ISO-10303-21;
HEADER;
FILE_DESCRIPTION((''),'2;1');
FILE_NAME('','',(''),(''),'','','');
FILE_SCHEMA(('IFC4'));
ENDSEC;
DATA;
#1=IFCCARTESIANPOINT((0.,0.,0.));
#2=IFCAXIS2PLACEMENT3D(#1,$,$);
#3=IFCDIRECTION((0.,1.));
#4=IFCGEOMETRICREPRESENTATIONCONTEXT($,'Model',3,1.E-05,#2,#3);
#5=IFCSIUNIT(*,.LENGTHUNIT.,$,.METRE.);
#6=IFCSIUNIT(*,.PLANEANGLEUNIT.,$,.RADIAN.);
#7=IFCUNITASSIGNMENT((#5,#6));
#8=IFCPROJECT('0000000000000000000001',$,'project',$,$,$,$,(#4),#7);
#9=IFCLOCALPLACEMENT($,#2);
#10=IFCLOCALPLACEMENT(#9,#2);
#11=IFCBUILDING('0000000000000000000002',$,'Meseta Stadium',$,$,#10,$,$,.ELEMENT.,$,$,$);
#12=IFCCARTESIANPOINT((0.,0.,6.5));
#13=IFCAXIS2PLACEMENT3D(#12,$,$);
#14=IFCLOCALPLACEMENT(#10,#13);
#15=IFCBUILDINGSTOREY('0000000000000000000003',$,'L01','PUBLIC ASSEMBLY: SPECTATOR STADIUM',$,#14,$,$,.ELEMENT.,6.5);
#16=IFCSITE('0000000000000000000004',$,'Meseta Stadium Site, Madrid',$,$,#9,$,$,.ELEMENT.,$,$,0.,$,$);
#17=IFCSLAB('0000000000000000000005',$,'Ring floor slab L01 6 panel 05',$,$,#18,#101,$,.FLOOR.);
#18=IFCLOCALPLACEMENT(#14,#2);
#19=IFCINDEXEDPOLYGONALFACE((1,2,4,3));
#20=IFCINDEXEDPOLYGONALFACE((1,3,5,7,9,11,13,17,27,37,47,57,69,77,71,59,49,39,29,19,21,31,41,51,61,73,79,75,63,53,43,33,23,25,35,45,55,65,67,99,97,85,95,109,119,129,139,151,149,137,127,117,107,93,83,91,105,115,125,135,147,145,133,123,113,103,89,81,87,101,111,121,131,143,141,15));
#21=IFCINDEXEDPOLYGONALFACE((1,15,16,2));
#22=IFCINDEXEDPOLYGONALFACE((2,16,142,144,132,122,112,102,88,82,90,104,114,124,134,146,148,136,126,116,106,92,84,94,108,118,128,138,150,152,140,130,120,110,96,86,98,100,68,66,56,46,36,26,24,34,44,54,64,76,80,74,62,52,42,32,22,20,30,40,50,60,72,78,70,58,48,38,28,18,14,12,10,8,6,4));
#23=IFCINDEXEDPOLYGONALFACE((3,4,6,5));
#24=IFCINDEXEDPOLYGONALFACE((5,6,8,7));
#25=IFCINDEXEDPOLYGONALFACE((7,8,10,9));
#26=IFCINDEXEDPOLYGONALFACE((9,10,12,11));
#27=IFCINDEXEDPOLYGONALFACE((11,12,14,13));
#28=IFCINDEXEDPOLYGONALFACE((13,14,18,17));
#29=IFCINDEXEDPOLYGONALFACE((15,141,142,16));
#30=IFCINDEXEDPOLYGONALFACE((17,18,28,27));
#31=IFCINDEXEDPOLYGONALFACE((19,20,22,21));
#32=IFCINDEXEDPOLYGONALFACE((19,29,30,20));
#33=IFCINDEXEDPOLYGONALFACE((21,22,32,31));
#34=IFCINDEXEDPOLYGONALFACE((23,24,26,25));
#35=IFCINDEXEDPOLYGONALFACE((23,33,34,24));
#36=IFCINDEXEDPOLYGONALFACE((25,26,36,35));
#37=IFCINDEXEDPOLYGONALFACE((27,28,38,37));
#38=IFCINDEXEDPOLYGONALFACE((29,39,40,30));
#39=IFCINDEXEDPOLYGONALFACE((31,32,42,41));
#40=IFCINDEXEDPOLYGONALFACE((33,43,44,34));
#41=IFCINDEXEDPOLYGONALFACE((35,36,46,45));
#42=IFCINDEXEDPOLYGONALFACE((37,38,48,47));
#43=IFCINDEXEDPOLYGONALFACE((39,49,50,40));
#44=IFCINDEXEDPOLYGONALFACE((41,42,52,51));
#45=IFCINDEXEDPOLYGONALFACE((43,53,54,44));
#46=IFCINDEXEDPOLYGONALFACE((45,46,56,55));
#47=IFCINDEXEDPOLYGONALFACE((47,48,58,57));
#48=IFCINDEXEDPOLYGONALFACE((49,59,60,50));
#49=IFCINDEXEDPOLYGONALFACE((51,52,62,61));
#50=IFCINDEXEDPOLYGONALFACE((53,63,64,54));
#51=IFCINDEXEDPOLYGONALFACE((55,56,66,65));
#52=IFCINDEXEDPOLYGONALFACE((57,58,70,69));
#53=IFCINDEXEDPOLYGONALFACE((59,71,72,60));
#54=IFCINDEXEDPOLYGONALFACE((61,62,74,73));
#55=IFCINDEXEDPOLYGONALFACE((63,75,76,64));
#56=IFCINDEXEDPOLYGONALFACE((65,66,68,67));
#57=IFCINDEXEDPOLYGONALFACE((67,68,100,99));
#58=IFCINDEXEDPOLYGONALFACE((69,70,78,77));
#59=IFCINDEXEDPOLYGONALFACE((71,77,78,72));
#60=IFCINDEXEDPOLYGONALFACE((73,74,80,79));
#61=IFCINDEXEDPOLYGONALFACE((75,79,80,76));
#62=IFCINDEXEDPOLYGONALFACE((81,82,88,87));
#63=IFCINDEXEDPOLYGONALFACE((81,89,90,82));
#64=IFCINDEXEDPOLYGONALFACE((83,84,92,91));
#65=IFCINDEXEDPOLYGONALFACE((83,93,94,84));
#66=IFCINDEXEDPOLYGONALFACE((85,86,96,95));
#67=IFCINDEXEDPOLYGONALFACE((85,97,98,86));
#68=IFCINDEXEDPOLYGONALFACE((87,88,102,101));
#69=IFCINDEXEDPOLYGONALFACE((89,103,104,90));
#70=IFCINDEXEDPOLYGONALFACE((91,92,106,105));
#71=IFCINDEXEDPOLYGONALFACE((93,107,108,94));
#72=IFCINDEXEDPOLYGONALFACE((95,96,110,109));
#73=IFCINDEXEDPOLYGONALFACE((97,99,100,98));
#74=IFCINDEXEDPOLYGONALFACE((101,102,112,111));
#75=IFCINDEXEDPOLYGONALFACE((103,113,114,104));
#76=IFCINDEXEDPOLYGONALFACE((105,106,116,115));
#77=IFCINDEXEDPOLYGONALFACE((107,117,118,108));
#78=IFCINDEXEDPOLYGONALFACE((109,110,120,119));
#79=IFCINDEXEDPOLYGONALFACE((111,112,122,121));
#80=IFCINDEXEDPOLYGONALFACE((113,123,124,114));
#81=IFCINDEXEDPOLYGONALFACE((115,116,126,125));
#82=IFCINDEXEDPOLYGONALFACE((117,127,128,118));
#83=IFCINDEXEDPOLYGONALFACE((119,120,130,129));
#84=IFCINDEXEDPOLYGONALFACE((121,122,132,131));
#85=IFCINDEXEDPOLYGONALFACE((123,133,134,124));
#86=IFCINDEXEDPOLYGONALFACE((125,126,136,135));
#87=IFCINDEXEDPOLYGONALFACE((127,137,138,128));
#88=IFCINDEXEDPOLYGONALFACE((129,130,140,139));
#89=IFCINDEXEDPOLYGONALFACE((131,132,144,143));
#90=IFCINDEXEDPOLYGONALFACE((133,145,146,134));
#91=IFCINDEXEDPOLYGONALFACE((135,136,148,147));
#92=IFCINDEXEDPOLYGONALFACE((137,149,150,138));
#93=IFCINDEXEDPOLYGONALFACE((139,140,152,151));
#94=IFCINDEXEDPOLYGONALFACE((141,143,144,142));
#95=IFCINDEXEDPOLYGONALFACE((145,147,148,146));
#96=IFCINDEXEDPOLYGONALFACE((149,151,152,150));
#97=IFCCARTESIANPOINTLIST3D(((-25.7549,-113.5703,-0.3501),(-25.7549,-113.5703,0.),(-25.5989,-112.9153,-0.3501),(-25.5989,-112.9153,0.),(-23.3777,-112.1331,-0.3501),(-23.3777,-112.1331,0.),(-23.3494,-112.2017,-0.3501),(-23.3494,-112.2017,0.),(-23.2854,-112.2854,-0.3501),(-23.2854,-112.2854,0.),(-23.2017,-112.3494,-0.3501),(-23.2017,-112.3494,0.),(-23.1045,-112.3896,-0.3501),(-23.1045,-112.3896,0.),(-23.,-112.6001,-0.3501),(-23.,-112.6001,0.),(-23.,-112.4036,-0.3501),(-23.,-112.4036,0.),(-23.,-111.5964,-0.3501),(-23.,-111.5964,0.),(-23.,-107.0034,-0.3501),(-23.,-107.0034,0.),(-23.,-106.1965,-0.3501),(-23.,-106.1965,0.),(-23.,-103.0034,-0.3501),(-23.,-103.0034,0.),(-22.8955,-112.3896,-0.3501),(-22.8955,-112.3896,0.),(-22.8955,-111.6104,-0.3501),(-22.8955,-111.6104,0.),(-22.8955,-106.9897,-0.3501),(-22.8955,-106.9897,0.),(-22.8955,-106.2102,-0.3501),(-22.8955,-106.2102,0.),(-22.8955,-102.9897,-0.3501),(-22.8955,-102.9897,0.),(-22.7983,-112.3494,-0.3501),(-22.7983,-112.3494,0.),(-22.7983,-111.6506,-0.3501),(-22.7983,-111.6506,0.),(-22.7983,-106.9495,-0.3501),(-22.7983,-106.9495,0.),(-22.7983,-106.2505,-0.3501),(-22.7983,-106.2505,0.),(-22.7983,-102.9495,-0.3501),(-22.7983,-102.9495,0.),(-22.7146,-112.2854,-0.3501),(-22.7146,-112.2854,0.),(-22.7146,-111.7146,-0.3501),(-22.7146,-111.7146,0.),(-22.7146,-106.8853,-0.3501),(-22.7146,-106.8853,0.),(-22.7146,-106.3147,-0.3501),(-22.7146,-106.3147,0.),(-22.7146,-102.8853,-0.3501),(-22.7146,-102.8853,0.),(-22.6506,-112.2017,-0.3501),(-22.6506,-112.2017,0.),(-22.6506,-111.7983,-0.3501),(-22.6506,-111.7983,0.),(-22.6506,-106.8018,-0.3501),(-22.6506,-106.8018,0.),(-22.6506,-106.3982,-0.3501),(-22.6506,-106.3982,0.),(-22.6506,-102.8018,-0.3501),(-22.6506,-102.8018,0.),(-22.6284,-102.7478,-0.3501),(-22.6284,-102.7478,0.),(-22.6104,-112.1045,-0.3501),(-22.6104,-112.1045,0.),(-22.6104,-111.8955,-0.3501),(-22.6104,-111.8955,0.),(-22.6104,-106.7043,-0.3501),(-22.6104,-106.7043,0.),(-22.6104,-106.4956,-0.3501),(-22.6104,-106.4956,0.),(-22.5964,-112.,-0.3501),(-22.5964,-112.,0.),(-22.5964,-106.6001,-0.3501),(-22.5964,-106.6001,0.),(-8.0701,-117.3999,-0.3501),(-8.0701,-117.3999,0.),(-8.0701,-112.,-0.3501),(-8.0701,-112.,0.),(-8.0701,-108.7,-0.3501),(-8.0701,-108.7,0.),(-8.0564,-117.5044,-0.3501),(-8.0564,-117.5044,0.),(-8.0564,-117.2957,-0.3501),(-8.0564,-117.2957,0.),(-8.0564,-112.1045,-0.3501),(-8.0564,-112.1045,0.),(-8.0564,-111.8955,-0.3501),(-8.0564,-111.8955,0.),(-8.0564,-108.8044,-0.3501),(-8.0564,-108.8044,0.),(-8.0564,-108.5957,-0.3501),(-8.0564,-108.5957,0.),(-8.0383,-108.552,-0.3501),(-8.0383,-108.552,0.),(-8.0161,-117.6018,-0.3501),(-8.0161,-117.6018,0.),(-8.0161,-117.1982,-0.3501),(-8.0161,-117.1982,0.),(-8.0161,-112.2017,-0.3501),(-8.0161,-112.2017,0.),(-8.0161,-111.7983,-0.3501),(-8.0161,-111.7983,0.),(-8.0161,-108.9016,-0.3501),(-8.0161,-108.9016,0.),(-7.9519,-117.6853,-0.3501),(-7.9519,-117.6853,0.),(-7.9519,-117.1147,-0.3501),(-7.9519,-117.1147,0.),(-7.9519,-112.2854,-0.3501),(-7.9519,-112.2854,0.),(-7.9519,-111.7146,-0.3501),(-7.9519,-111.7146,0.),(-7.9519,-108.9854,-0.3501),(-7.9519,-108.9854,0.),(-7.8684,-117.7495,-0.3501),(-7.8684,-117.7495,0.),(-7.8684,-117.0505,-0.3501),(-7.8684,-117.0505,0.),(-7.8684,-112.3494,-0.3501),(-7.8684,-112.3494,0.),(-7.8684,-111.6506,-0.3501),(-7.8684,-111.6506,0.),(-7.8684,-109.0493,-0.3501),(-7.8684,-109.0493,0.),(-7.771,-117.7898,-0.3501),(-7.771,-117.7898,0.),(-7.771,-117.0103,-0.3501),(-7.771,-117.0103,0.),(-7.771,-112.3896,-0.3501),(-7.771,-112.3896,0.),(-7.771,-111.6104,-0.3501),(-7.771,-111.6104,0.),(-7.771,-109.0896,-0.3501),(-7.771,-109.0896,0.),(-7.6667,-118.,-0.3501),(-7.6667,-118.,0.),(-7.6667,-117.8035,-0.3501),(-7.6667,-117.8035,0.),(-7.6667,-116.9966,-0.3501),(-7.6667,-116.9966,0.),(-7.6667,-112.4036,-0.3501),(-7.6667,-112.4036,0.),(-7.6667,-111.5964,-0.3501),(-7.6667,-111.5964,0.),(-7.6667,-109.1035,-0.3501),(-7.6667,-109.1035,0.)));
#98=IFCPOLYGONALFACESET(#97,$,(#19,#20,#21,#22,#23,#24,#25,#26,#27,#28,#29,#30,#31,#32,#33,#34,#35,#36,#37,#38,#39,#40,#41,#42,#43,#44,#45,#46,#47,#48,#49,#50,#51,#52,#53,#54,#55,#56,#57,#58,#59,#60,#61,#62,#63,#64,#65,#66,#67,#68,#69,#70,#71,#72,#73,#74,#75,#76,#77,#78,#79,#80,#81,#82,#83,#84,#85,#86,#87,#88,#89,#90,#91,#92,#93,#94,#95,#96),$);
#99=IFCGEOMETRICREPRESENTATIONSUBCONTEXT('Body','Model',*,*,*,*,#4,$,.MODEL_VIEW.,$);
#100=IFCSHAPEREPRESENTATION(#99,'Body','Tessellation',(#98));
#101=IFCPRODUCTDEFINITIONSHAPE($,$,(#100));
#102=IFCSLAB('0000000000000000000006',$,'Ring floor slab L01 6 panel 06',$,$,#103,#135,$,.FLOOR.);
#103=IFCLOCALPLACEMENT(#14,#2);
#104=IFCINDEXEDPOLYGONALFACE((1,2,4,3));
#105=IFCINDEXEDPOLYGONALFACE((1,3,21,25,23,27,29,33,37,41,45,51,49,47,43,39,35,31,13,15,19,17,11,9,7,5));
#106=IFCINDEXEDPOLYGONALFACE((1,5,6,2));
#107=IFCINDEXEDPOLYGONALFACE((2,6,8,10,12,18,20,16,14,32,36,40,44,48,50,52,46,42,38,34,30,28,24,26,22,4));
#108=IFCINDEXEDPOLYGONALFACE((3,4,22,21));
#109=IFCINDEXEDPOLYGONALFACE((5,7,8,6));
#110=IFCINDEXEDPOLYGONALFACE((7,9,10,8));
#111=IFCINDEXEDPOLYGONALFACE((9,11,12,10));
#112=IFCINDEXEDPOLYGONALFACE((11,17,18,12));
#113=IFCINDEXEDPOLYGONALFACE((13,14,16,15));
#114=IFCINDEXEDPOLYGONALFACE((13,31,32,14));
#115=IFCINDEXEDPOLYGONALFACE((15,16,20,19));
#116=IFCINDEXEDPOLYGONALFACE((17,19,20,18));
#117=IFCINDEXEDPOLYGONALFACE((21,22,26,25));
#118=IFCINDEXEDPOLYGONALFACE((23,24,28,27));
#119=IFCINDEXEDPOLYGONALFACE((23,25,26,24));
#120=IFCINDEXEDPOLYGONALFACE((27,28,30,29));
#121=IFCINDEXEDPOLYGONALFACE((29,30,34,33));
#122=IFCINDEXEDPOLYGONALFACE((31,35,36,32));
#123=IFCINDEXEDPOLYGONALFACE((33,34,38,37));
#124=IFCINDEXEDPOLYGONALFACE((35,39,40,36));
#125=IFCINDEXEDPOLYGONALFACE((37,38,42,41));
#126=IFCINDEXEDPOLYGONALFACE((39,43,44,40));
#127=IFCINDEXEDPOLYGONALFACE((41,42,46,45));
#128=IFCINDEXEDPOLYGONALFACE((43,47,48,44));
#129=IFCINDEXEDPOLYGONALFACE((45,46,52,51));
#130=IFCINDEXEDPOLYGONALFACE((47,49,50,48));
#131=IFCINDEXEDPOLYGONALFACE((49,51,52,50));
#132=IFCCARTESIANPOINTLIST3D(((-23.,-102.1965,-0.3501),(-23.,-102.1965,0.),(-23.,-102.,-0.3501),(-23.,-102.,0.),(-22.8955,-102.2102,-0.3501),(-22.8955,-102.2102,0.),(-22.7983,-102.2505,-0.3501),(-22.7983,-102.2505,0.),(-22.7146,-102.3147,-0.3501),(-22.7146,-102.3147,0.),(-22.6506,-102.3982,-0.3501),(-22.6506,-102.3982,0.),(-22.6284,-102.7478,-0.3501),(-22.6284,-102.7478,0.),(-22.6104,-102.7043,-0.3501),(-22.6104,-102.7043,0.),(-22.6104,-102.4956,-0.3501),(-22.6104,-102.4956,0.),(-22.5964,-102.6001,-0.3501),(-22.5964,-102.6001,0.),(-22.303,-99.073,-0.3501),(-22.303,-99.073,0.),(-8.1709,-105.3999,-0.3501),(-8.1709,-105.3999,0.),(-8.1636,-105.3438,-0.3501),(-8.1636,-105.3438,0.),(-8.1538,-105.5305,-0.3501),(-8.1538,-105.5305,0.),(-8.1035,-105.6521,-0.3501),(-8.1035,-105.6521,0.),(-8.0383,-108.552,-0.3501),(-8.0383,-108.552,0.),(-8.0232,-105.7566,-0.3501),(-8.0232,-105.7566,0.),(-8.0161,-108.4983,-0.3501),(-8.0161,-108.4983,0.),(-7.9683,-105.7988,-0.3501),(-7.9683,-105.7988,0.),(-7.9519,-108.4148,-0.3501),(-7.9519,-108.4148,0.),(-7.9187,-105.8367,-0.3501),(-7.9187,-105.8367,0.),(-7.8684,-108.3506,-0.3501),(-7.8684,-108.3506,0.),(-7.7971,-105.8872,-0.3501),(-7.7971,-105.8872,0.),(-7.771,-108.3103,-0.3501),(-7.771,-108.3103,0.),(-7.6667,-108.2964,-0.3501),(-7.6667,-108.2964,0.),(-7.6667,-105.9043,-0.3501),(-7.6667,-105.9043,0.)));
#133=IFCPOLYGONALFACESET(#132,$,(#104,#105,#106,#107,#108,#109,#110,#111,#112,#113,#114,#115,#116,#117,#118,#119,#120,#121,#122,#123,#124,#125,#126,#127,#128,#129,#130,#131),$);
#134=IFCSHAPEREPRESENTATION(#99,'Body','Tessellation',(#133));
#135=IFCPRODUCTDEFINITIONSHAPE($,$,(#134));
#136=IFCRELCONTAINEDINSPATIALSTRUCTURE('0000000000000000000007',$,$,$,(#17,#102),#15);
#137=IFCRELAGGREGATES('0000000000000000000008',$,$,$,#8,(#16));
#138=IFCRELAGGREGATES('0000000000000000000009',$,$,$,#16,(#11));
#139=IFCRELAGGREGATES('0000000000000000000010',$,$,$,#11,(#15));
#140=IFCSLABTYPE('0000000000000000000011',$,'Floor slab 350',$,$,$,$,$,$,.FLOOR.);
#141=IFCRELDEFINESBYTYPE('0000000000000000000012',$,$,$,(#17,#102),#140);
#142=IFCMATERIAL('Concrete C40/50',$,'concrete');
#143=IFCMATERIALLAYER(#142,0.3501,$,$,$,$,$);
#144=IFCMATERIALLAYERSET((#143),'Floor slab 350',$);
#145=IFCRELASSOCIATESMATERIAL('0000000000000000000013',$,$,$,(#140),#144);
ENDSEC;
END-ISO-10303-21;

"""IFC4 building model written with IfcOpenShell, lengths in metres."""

from ifc_helpers import new_model, si_unit, direction, frame, origin, place, context, subcontext, project, spatial, polyline, outline, extrude, material, layer, layer_set, type_object, element, save


model = new_model("IFC4")

# Units and contexts
model_context = context("Model", 3, precision=1e-05, world=origin(), true_north=direction((0.0, 1.0)))
body_context = subcontext(model_context, "Body", "Model", "MODEL_VIEW")
ifc_project = project(units=[si_unit("LENGTHUNIT", "METRE"), si_unit("PLANEANGLEUNIT", "RADIAN")], contexts=[model_context])

# Site, building, storey
site_placement = place(None, origin())
site = spatial("IfcSite", under=ifc_project, at=site_placement, Name="Meseta Stadium Site, Madrid", CompositionType="ELEMENT", RefElevation=0.0)
building_placement = place(site_placement, origin())
building = spatial("IfcBuilding", under=site, at=building_placement, Name="Meseta Stadium", CompositionType="ELEMENT")
storey_placement = place(building_placement, frame((0.0, 0.0, 6.5)))
storey = spatial("IfcBuildingStorey", under=building, at=storey_placement, Name="L01", Description="PUBLIC ASSEMBLY: SPECTATOR STADIUM", CompositionType="ELEMENT", Elevation=6.5)

# Slabs
ifc_material = material(Name="Concrete C40/50", Category="concrete")
ifc_layer = layer(ifc_material, 0.3501)
ifc_layer_set = layer_set([ifc_layer], Name="Floor slab 350")
slab_type = type_object("IfcSlabType", Name="Floor slab 350", PredefinedType="FLOOR", material=ifc_layer_set)
slab_1_placement = place(storey_placement, frame((0.0, 0.0, -0.3501)))
element("IfcSlab", 1, at=slab_1_placement, inside=storey, type_object=slab_type, Name="Ring floor slab L01 6 panel 05", PredefinedType="FLOOR", context=body_context, shape_type="SweptSolid", body=[
    extrude(outline(polyline([(-22.7146, -112.2854), (-22.7983, -112.3494), (-22.8955, -112.3896), (-23.0, -112.4036), (-23.1045, -112.3896), (-23.2017, -112.3494), (-23.2854, -112.2854), (-23.3494, -112.2017), (-23.3777, -112.1331), (-25.5989, -112.9153), (-25.7549, -113.5703), (-23.0, -112.6001), (-7.6667, -118.0), (-7.6667, -117.8035), (-7.771, -117.7898), (-7.8684, -117.7495), (-7.9519, -117.6853), (-8.0161, -117.6018), (-8.0564, -117.5044), (-8.0701, -117.3999), (-8.0564, -117.2957), (-8.0161, -117.1982), (-7.9519, -117.1147), (-7.8684, -117.0505), (-7.771, -117.0103), (-7.6667, -116.9966), (-7.6667, -112.4036), (-7.771, -112.3896), (-7.8684, -112.3494), (-7.9519, -112.2854), (-8.0161, -112.2017), (-8.0564, -112.1045), (-8.0701, -112.0), (-8.0564, -111.8955), (-8.0161, -111.7983), (-7.9519, -111.7146), (-7.8684, -111.6506), (-7.771, -111.6104), (-7.6667, -111.5964), (-7.6667, -109.1035), (-7.771, -109.0896), (-7.8684, -109.0493), (-7.9519, -108.9854), (-8.0161, -108.9016), (-8.0564, -108.8044), (-8.0701, -108.7), (-8.0564, -108.5957), (-8.0383, -108.552), (-22.6284, -102.7478), (-22.6506, -102.8018), (-22.7146, -102.8853), (-22.7983, -102.9495), (-22.8955, -102.9897), (-23.0, -103.0034), (-23.0, -106.1965), (-22.8955, -106.2102), (-22.7983, -106.2505), (-22.7146, -106.3147), (-22.6506, -106.3982), (-22.6104, -106.4956), (-22.5964, -106.6001), (-22.6104, -106.7043), (-22.6506, -106.8018), (-22.7146, -106.8853), (-22.7983, -106.9495), (-22.8955, -106.9897), (-23.0, -107.0034), (-23.0, -111.5964), (-22.8955, -111.6104), (-22.7983, -111.6506), (-22.7146, -111.7146), (-22.6506, -111.7983), (-22.6104, -111.8955), (-22.5964, -112.0), (-22.6104, -112.1045), (-22.6506, -112.2017), (-22.7146, -112.2854)])), origin(), (0.0, 0.0, 1.0), 0.3501),
])
slab_2_placement = place(storey_placement, frame((0.0, 0.0, -0.3501)))
element("IfcSlab", 2, at=slab_2_placement, inside=storey, type_object=slab_type, Name="Ring floor slab L01 6 panel 06", PredefinedType="FLOOR", context=body_context, shape_type="SweptSolid", body=[
    extrude(outline(polyline([(-8.1035, -105.6521), (-8.1538, -105.5305), (-8.1709, -105.3999), (-8.1636, -105.3438), (-22.303, -99.073), (-23.0, -102.0), (-23.0, -102.1965), (-22.8955, -102.2102), (-22.7983, -102.2505), (-22.7146, -102.3147), (-22.6506, -102.3982), (-22.6104, -102.4956), (-22.5964, -102.6001), (-22.6104, -102.7043), (-22.6284, -102.7478), (-8.0383, -108.552), (-8.0161, -108.4983), (-7.9519, -108.4148), (-7.8684, -108.3506), (-7.771, -108.3103), (-7.6667, -108.2964), (-7.6667, -105.9043), (-7.7971, -105.8872), (-7.9187, -105.8367), (-7.9683, -105.7988), (-8.0232, -105.7566), (-8.1035, -105.6521)])), origin(), (0.0, 0.0, 1.0), 0.3501),
])

save(model, "model.ifc")
